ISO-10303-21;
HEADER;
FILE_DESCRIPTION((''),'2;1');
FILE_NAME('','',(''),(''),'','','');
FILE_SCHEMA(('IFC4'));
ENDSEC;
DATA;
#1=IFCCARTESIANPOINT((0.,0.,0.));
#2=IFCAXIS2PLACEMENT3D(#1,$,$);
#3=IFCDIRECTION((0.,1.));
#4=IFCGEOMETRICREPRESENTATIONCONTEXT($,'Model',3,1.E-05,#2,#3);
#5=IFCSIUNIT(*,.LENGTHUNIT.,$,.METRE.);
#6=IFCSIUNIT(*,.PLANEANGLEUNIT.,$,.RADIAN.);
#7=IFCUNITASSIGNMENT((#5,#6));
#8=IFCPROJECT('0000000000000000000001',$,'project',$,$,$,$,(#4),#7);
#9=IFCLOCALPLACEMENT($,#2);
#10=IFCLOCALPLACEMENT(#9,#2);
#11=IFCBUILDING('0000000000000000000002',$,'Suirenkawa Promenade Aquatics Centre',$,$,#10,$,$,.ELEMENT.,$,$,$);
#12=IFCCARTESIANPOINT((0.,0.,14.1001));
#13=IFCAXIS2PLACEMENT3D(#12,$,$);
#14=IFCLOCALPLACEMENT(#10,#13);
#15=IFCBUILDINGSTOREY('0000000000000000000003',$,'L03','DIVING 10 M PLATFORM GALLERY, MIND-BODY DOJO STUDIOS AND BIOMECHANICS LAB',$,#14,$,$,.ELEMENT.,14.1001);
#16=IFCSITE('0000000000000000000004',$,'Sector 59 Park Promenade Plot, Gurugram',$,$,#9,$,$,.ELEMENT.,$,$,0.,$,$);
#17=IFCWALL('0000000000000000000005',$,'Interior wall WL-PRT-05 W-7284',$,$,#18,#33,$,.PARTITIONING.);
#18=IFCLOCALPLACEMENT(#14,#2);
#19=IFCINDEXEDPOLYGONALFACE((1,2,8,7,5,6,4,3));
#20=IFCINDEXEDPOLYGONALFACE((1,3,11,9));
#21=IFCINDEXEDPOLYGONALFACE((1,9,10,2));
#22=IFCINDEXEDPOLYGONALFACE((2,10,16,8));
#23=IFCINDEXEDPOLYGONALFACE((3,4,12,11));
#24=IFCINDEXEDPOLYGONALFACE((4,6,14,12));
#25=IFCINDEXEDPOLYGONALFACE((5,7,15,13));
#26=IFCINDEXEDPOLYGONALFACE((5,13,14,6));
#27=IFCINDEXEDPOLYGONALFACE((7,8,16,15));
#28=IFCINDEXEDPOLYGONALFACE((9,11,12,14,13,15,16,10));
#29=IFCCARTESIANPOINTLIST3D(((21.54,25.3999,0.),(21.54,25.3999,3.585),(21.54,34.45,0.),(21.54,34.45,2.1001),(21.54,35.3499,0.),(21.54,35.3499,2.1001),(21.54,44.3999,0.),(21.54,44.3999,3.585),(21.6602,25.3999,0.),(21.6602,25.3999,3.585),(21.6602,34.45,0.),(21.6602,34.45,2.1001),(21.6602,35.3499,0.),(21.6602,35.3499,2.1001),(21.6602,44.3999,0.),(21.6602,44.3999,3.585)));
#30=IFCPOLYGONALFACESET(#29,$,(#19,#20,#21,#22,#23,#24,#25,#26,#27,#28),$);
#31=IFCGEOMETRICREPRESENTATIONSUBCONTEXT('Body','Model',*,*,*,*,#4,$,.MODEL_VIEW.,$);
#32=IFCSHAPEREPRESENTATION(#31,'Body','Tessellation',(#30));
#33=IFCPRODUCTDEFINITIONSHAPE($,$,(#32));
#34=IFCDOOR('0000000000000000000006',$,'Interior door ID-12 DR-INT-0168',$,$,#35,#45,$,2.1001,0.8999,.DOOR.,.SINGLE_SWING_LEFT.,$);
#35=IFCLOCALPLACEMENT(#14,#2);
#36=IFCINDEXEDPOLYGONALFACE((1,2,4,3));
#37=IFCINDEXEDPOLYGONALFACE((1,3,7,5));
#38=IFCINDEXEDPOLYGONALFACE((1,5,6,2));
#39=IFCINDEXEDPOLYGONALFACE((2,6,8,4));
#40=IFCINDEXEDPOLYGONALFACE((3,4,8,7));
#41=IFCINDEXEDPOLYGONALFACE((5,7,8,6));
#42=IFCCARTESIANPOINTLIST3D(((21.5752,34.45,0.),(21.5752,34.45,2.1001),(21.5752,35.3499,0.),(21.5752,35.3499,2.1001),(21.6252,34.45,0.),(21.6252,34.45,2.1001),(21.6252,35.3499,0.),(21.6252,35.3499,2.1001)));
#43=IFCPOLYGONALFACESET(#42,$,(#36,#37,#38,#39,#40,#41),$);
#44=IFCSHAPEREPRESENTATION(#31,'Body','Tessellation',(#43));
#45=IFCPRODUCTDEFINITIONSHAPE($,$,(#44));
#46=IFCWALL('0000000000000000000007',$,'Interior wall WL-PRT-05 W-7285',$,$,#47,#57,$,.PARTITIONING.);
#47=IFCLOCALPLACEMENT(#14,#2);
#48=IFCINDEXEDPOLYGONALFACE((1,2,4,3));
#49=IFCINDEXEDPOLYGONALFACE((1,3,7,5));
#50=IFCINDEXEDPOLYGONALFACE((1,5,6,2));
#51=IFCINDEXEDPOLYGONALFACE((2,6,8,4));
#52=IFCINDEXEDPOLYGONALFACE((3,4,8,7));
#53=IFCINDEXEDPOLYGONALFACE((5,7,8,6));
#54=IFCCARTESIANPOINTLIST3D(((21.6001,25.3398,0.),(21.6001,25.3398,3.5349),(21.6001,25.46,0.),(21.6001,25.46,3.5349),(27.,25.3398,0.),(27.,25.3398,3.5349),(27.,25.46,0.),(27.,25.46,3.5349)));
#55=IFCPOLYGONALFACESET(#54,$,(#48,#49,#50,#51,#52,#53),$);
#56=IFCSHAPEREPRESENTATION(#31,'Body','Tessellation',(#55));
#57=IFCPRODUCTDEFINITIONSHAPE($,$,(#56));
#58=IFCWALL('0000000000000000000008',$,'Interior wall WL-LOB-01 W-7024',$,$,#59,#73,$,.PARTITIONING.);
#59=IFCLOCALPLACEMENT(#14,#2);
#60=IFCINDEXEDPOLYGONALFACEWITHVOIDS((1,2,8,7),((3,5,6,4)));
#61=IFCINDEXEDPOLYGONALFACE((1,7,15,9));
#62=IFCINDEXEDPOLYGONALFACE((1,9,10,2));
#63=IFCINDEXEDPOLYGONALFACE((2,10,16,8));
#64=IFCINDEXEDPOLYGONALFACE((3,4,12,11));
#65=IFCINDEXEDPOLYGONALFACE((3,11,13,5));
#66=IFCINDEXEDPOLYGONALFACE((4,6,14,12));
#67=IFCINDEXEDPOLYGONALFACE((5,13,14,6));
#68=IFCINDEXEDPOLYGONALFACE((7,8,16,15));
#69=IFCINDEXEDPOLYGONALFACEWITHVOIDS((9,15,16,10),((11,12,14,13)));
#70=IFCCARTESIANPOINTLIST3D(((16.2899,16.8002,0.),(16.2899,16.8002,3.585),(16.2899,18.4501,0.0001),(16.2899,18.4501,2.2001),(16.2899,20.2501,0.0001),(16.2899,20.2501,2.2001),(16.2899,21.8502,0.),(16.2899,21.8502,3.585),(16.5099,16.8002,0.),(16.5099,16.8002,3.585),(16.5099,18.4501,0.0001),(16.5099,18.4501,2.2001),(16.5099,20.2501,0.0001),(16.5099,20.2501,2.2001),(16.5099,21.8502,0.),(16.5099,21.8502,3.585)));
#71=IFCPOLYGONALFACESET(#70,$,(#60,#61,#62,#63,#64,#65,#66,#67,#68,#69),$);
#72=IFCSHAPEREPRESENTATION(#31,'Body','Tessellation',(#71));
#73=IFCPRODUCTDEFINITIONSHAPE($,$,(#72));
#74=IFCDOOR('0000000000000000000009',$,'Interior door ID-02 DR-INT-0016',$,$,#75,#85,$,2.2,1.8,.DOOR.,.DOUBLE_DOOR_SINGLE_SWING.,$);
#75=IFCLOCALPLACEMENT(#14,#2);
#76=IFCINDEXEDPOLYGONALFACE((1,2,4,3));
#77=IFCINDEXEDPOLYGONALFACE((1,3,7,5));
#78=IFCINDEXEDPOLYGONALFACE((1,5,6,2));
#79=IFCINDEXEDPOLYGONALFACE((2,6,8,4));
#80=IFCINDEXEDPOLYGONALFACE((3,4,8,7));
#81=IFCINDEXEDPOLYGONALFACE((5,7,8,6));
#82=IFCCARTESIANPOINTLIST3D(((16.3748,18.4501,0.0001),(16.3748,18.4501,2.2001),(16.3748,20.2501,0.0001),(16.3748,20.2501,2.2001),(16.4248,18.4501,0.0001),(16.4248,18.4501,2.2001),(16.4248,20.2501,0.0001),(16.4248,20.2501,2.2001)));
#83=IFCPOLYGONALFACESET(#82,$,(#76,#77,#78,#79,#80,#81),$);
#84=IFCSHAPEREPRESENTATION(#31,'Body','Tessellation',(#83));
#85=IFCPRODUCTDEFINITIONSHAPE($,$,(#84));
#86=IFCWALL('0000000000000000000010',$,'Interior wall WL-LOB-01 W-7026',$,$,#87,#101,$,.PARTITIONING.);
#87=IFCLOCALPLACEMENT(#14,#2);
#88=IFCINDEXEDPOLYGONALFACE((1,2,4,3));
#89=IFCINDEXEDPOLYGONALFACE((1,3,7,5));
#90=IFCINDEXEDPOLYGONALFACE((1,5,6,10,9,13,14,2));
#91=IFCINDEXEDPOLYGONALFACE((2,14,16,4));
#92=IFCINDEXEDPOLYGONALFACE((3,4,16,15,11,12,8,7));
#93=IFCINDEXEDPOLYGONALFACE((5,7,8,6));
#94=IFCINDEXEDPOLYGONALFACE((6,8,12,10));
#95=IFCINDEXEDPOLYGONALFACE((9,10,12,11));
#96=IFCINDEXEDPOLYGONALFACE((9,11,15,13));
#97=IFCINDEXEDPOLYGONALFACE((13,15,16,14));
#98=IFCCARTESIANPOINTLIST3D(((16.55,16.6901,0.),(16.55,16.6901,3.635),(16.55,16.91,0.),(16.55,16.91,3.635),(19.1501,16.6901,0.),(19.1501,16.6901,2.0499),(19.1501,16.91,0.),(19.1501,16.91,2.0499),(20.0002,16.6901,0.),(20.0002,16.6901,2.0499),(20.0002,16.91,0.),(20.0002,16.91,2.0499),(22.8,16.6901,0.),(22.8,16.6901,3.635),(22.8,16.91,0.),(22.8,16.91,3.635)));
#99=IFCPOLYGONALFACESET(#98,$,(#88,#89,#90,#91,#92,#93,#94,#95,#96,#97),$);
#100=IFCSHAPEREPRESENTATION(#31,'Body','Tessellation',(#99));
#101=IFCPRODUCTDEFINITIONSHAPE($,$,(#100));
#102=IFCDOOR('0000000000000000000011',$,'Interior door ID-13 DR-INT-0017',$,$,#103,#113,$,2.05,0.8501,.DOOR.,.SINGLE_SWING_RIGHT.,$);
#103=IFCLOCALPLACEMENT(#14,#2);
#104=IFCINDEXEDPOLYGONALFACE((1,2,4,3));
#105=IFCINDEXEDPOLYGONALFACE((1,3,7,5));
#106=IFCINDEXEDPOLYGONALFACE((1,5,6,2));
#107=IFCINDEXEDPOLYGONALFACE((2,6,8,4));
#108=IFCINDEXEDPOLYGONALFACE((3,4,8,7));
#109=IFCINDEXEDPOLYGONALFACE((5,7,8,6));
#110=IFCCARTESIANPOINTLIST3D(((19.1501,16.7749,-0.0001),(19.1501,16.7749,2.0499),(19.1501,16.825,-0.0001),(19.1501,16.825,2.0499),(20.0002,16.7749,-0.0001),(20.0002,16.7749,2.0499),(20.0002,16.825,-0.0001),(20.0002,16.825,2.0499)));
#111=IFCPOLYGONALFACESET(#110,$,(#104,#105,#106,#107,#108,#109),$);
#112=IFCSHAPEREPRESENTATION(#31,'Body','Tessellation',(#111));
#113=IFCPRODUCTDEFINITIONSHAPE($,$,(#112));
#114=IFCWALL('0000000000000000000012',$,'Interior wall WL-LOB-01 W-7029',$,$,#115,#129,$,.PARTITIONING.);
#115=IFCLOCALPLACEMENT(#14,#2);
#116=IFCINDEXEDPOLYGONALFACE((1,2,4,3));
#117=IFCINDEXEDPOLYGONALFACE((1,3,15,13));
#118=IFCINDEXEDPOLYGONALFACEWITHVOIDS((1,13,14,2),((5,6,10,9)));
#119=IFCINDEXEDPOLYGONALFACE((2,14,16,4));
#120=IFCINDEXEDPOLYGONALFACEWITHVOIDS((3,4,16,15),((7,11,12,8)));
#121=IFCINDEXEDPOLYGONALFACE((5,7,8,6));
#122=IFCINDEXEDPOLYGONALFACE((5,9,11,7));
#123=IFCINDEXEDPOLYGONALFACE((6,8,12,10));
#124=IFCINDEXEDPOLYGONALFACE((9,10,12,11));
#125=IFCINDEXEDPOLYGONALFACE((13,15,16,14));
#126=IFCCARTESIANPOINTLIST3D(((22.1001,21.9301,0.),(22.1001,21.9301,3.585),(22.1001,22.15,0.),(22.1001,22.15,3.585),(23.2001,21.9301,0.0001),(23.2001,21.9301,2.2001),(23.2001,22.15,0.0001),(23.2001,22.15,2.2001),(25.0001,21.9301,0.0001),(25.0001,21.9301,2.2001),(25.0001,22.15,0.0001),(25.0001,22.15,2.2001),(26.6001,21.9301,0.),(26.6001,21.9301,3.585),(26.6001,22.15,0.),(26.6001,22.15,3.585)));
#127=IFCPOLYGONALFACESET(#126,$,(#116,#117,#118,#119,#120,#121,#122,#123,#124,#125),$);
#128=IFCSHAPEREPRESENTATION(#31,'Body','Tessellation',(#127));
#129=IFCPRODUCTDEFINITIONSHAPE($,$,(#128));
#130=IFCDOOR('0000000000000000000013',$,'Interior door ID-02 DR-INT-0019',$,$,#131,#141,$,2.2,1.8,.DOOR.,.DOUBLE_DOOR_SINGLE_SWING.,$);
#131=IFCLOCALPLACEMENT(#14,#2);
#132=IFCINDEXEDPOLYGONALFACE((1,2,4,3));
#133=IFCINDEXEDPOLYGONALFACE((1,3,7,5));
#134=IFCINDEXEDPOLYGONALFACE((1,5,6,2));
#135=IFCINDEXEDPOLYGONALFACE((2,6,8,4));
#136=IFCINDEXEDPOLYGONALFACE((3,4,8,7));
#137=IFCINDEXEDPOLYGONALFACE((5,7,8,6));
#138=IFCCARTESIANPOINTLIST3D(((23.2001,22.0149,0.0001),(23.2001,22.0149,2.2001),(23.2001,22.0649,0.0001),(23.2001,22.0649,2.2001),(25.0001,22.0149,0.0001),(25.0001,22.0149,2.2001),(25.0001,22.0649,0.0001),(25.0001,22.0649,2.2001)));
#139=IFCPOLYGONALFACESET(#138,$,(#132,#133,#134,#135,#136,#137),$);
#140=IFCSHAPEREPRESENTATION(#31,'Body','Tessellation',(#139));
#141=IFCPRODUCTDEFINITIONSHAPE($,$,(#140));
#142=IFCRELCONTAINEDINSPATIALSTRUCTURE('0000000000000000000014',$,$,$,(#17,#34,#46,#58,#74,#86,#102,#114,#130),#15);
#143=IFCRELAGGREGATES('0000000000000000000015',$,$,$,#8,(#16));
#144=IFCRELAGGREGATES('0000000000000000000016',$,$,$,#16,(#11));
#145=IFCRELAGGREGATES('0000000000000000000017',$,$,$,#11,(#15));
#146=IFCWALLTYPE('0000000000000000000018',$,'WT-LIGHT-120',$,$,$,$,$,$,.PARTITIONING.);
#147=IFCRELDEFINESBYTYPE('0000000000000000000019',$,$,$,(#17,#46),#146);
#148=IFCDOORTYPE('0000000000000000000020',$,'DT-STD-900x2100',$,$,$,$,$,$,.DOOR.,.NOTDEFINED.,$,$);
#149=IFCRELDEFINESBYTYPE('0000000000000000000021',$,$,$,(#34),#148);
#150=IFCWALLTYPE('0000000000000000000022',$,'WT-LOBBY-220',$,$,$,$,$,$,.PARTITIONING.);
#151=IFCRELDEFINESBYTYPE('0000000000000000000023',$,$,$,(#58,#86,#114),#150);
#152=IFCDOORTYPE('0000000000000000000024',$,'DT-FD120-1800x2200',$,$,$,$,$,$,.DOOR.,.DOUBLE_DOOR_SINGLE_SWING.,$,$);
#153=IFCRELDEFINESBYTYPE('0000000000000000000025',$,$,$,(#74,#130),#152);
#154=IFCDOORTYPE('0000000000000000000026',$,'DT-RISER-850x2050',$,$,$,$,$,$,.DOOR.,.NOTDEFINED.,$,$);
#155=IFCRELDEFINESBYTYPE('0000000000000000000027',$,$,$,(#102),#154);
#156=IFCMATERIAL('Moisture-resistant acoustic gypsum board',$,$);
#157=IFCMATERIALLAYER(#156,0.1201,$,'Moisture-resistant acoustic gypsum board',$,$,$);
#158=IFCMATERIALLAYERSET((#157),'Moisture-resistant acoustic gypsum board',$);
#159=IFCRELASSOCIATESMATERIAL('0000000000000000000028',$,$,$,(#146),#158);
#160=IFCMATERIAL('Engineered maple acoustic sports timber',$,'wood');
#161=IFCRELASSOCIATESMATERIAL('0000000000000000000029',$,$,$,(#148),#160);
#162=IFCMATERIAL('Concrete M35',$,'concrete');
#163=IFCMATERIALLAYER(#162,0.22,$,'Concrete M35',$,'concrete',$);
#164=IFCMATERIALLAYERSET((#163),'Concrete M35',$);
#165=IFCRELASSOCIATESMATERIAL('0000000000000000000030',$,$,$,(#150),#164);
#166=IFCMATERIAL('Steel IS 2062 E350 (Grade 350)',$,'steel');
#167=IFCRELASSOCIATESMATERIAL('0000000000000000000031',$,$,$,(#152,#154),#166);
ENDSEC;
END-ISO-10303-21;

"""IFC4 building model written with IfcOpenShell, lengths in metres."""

from ifc_helpers import new_model, si_unit, direction, frame, frame_2d, origin, place, context, subcontext, project, spatial, rectangle, extrude, material, layer, layer_set, type_object, element, fill, save


model = new_model("IFC4")

# Units and contexts
model_context = context("Model", 3, precision=1e-05, world=origin(), true_north=direction((0.0, 1.0)))
body_context = subcontext(model_context, "Body", "Model", "MODEL_VIEW")
ifc_project = project(units=[si_unit("LENGTHUNIT", "METRE"), si_unit("PLANEANGLEUNIT", "RADIAN")], contexts=[model_context])

# Site, building, storey
site_placement = place(None, origin())
site = spatial("IfcSite", under=ifc_project, at=site_placement, Name="Sector 59 Park Promenade Plot, Gurugram", CompositionType="ELEMENT", RefElevation=0.0)
building_placement = place(site_placement, origin())
building = spatial("IfcBuilding", under=site, at=building_placement, Name="Suirenkawa Promenade Aquatics Centre", CompositionType="ELEMENT")
storey_placement = place(building_placement, frame((0.0, 0.0, 14.1001)))
storey = spatial("IfcBuildingStorey", under=building, at=storey_placement, Name="L03", Description="DIVING 10 M PLATFORM GALLERY, MIND-BODY DOJO STUDIOS AND BIOMECHANICS LAB", CompositionType="ELEMENT", Elevation=14.1001)

# Shared definitions
ifc_material_1 = material(Name="Steel IS 2062 E350 (Grade 350)", Category="steel")
ifc_material_2 = material(Name="Concrete M35", Category="concrete")

# Wall, opening, door
ifc_material_3 = material(Name="Moisture-resistant acoustic gypsum board")
ifc_layer_1 = layer(ifc_material_3, 0.1201, Name="Moisture-resistant acoustic gypsum board")
ifc_layer_set_1 = layer_set([ifc_layer_1], Name="Moisture-resistant acoustic gypsum board")
wall_type_1 = type_object("IfcWallType", Name="WT-LIGHT-120", PredefinedType="PARTITIONING", material=ifc_layer_set_1)
ifc_material_4 = material(Name="Engineered maple acoustic sports timber", Category="wood")
door_type_1 = type_object("IfcDoorType", Name="DT-STD-900x2100", OperationType="NOTDEFINED", PredefinedType="DOOR", material=ifc_material_4)
wall_1_placement = place(storey_placement, frame((21.6001, 25.3999, 0.0), z_axis=(0.0, 0.0, 1.0), x_axis=(0.0, 1.0, 0.0)))
wall_1 = element("IfcWall", 1, at=wall_1_placement, inside=storey, type_object=wall_type_1, Name="Interior wall WL-PRT-05 W-7284", PredefinedType="PARTITIONING", context=body_context, shape_type="SweptSolid", body=[
    extrude(rectangle(XDim=19.0, YDim=0.1201, at=frame_2d((9.5, 0.0))), origin(), (0.0, 0.0, 1.0), 3.585),
])
opening_1_placement = place(wall_1_placement, frame((9.05, 0.0, 0.0)))
opening_1 = element("IfcOpeningElement", 2, at=opening_1_placement, cuts=wall_1, PredefinedType="OPENING", context=body_context, shape_type="SweptSolid", body=[
    extrude(rectangle(XDim=0.8999, YDim=2.1001, at=frame_2d((0.45, 1.05))), frame((0.0, 0.0701, 0.0), z_axis=(0.0, -1.0, 0.0), x_axis=(1.0, 0.0, 0.0)), (0.0, 0.0, 1.0), 0.1401),
])
door_1_placement = place(opening_1_placement, origin())
door_1 = element("IfcDoor", 3, at=door_1_placement, inside=storey, type_object=door_type_1, Name="Interior door ID-12 DR-INT-0168", OperationType="SINGLE_SWING_LEFT", OverallHeight=2.1001, OverallWidth=0.8999, PredefinedType="DOOR", context=body_context, shape_type="SweptSolid", body=[
    extrude(rectangle(XDim=0.8999, YDim=2.1001, at=frame_2d((0.45, 1.05))), frame((0.0, 0.0249, 0.0), z_axis=(0.0, -1.0, 0.0), x_axis=(1.0, 0.0, 0.0)), (0.0, 0.0, 1.0), 0.05),
])
fill(opening_1, door_1)

# Wall
wall_2_placement = place(storey_placement, frame((21.6001, 25.3999, 0.0), z_axis=(0.0, 0.0, 1.0), x_axis=(1.0, 0.0, 0.0)))
element("IfcWall", 4, at=wall_2_placement, inside=storey, type_object=wall_type_1, Name="Interior wall WL-PRT-05 W-7285", PredefinedType="PARTITIONING", context=body_context, shape_type="SweptSolid", body=[
    extrude(rectangle(XDim=5.3999, YDim=0.1201, at=frame_2d((2.7, 0.0))), origin(), (0.0, 0.0, 1.0), 3.5349),
])

# Walls, openings, doors
ifc_layer_2 = layer(ifc_material_2, 0.22, Name="Concrete M35", Category="concrete")
ifc_layer_set_2 = layer_set([ifc_layer_2], Name="Concrete M35")
wall_type_2 = type_object("IfcWallType", Name="WT-LOBBY-220", PredefinedType="PARTITIONING", material=ifc_layer_set_2)
wall_3_placement = place(storey_placement, frame((16.3999, 21.8501, 0.0), z_axis=(0.0, 0.0, 1.0), x_axis=(0.0, -1.0, 0.0)))
wall_3 = element("IfcWall", 5, at=wall_3_placement, inside=storey, type_object=wall_type_2, Name="Interior wall WL-LOB-01 W-7024", PredefinedType="PARTITIONING", context=body_context, shape_type="SweptSolid", body=[
    extrude(rectangle(XDim=5.05, YDim=0.22, at=frame_2d((2.5249, 0.0))), origin(), (0.0, 0.0, 1.0), 3.585),
])
opening_2_placement = place(wall_3_placement, frame((1.6001, 0.0, 0.0)))
opening_2 = element("IfcOpeningElement", 6, at=opening_2_placement, cuts=wall_3, PredefinedType="OPENING", context=body_context, shape_type="SweptSolid", body=[
    extrude(rectangle(XDim=1.8, YDim=2.2, at=frame_2d((0.8999, 1.1001))), frame((0.0, 0.1199, 0.0), z_axis=(0.0, -1.0, 0.0), x_axis=(1.0, 0.0, 0.0)), (0.0, 0.0, 1.0), 0.24),
])
door_type_2 = type_object("IfcDoorType", Name="DT-FD120-1800x2200", OperationType="DOUBLE_DOOR_SINGLE_SWING", PredefinedType="DOOR", material=ifc_material_1)
door_2_placement = place(opening_2_placement, origin())
door_2 = element("IfcDoor", 7, at=door_2_placement, inside=storey, type_object=door_type_2, Name="Interior door ID-02 DR-INT-0016", OperationType="DOUBLE_DOOR_SINGLE_SWING", OverallHeight=2.2, OverallWidth=1.8, PredefinedType="DOOR", context=body_context, shape_type="SweptSolid", body=[
    extrude(rectangle(XDim=1.8, YDim=2.2, at=frame_2d((0.8999, 1.1001))), frame((0.0, 0.0249, 0.0), z_axis=(0.0, -1.0, 0.0), x_axis=(1.0, 0.0, 0.0)), (0.0, 0.0, 1.0), 0.05),
])
fill(opening_2, door_2)
wall_4_placement = place(storey_placement, frame((16.55, 16.8, 0.0), z_axis=(0.0, 0.0, 1.0), x_axis=(1.0, 0.0, 0.0)))
wall_4 = element("IfcWall", 8, at=wall_4_placement, inside=storey, type_object=wall_type_2, Name="Interior wall WL-LOB-01 W-7026", PredefinedType="PARTITIONING", context=body_context, shape_type="SweptSolid", body=[
    extrude(rectangle(XDim=6.25, YDim=0.22, at=frame_2d((3.125, 0.0))), origin(), (0.0, 0.0, 1.0), 3.635),
])
opening_3_placement = place(wall_4_placement, frame((2.6001, 0.0, 0.0)))
opening_3 = element("IfcOpeningElement", 9, at=opening_3_placement, cuts=wall_4, PredefinedType="OPENING", context=body_context, shape_type="SweptSolid", body=[
    extrude(rectangle(XDim=0.8501, YDim=2.05, at=frame_2d((0.425, 1.0249))), frame((0.0, 0.1199, 0.0), z_axis=(0.0, -1.0, 0.0), x_axis=(1.0, 0.0, 0.0)), (0.0, 0.0, 1.0), 0.24),
])
door_type_3 = type_object("IfcDoorType", Name="DT-RISER-850x2050", OperationType="NOTDEFINED", PredefinedType="DOOR", material=ifc_material_1)
door_3_placement = place(opening_3_placement, origin())
door_3 = element("IfcDoor", 10, at=door_3_placement, inside=storey, type_object=door_type_3, Name="Interior door ID-13 DR-INT-0017", OperationType="SINGLE_SWING_RIGHT", OverallHeight=2.05, OverallWidth=0.8501, PredefinedType="DOOR", context=body_context, shape_type="SweptSolid", body=[
    extrude(rectangle(XDim=0.8501, YDim=2.05, at=frame_2d((0.425, 1.0249))), frame((0.0, 0.0249, 0.0), z_axis=(0.0, -1.0, 0.0), x_axis=(1.0, 0.0, 0.0)), (0.0, 0.0, 1.0), 0.05),
])
fill(opening_3, door_3)
wall_5_placement = place(storey_placement, frame((22.1001, 22.04, 0.0), z_axis=(0.0, 0.0, 1.0), x_axis=(1.0, 0.0, 0.0)))
wall_5 = element("IfcWall", 11, at=wall_5_placement, inside=storey, type_object=wall_type_2, Name="Interior wall WL-LOB-01 W-7029", PredefinedType="PARTITIONING", context=body_context, shape_type="SweptSolid", body=[
    extrude(rectangle(XDim=4.5, YDim=0.22, at=frame_2d((2.25, 0.0))), origin(), (0.0, 0.0, 1.0), 3.585),
])
opening_4_placement = place(wall_5_placement, frame((1.1001, 0.0, 0.0)))
opening_4 = element("IfcOpeningElement", 12, at=opening_4_placement, cuts=wall_5, PredefinedType="OPENING", context=body_context, shape_type="SweptSolid", body=[
    extrude(rectangle(XDim=1.8, YDim=2.2, at=frame_2d((0.8999, 1.1001))), frame((0.0, 0.1199, 0.0), z_axis=(0.0, -1.0, 0.0), x_axis=(1.0, 0.0, 0.0)), (0.0, 0.0, 1.0), 0.24),
])
door_4_placement = place(opening_4_placement, origin())
door_4 = element("IfcDoor", 13, at=door_4_placement, inside=storey, type_object=door_type_2, Name="Interior door ID-02 DR-INT-0019", OperationType="DOUBLE_DOOR_SINGLE_SWING", OverallHeight=2.2, OverallWidth=1.8, PredefinedType="DOOR", context=body_context, shape_type="SweptSolid", body=[
    extrude(rectangle(XDim=1.8, YDim=2.2, at=frame_2d((0.8999, 1.1001))), frame((0.0, 0.0249, 0.0), z_axis=(0.0, -1.0, 0.0), x_axis=(1.0, 0.0, 0.0)), (0.0, 0.0, 1.0), 0.05),
])
fill(opening_4, door_4)

save(model, "model.ifc")
